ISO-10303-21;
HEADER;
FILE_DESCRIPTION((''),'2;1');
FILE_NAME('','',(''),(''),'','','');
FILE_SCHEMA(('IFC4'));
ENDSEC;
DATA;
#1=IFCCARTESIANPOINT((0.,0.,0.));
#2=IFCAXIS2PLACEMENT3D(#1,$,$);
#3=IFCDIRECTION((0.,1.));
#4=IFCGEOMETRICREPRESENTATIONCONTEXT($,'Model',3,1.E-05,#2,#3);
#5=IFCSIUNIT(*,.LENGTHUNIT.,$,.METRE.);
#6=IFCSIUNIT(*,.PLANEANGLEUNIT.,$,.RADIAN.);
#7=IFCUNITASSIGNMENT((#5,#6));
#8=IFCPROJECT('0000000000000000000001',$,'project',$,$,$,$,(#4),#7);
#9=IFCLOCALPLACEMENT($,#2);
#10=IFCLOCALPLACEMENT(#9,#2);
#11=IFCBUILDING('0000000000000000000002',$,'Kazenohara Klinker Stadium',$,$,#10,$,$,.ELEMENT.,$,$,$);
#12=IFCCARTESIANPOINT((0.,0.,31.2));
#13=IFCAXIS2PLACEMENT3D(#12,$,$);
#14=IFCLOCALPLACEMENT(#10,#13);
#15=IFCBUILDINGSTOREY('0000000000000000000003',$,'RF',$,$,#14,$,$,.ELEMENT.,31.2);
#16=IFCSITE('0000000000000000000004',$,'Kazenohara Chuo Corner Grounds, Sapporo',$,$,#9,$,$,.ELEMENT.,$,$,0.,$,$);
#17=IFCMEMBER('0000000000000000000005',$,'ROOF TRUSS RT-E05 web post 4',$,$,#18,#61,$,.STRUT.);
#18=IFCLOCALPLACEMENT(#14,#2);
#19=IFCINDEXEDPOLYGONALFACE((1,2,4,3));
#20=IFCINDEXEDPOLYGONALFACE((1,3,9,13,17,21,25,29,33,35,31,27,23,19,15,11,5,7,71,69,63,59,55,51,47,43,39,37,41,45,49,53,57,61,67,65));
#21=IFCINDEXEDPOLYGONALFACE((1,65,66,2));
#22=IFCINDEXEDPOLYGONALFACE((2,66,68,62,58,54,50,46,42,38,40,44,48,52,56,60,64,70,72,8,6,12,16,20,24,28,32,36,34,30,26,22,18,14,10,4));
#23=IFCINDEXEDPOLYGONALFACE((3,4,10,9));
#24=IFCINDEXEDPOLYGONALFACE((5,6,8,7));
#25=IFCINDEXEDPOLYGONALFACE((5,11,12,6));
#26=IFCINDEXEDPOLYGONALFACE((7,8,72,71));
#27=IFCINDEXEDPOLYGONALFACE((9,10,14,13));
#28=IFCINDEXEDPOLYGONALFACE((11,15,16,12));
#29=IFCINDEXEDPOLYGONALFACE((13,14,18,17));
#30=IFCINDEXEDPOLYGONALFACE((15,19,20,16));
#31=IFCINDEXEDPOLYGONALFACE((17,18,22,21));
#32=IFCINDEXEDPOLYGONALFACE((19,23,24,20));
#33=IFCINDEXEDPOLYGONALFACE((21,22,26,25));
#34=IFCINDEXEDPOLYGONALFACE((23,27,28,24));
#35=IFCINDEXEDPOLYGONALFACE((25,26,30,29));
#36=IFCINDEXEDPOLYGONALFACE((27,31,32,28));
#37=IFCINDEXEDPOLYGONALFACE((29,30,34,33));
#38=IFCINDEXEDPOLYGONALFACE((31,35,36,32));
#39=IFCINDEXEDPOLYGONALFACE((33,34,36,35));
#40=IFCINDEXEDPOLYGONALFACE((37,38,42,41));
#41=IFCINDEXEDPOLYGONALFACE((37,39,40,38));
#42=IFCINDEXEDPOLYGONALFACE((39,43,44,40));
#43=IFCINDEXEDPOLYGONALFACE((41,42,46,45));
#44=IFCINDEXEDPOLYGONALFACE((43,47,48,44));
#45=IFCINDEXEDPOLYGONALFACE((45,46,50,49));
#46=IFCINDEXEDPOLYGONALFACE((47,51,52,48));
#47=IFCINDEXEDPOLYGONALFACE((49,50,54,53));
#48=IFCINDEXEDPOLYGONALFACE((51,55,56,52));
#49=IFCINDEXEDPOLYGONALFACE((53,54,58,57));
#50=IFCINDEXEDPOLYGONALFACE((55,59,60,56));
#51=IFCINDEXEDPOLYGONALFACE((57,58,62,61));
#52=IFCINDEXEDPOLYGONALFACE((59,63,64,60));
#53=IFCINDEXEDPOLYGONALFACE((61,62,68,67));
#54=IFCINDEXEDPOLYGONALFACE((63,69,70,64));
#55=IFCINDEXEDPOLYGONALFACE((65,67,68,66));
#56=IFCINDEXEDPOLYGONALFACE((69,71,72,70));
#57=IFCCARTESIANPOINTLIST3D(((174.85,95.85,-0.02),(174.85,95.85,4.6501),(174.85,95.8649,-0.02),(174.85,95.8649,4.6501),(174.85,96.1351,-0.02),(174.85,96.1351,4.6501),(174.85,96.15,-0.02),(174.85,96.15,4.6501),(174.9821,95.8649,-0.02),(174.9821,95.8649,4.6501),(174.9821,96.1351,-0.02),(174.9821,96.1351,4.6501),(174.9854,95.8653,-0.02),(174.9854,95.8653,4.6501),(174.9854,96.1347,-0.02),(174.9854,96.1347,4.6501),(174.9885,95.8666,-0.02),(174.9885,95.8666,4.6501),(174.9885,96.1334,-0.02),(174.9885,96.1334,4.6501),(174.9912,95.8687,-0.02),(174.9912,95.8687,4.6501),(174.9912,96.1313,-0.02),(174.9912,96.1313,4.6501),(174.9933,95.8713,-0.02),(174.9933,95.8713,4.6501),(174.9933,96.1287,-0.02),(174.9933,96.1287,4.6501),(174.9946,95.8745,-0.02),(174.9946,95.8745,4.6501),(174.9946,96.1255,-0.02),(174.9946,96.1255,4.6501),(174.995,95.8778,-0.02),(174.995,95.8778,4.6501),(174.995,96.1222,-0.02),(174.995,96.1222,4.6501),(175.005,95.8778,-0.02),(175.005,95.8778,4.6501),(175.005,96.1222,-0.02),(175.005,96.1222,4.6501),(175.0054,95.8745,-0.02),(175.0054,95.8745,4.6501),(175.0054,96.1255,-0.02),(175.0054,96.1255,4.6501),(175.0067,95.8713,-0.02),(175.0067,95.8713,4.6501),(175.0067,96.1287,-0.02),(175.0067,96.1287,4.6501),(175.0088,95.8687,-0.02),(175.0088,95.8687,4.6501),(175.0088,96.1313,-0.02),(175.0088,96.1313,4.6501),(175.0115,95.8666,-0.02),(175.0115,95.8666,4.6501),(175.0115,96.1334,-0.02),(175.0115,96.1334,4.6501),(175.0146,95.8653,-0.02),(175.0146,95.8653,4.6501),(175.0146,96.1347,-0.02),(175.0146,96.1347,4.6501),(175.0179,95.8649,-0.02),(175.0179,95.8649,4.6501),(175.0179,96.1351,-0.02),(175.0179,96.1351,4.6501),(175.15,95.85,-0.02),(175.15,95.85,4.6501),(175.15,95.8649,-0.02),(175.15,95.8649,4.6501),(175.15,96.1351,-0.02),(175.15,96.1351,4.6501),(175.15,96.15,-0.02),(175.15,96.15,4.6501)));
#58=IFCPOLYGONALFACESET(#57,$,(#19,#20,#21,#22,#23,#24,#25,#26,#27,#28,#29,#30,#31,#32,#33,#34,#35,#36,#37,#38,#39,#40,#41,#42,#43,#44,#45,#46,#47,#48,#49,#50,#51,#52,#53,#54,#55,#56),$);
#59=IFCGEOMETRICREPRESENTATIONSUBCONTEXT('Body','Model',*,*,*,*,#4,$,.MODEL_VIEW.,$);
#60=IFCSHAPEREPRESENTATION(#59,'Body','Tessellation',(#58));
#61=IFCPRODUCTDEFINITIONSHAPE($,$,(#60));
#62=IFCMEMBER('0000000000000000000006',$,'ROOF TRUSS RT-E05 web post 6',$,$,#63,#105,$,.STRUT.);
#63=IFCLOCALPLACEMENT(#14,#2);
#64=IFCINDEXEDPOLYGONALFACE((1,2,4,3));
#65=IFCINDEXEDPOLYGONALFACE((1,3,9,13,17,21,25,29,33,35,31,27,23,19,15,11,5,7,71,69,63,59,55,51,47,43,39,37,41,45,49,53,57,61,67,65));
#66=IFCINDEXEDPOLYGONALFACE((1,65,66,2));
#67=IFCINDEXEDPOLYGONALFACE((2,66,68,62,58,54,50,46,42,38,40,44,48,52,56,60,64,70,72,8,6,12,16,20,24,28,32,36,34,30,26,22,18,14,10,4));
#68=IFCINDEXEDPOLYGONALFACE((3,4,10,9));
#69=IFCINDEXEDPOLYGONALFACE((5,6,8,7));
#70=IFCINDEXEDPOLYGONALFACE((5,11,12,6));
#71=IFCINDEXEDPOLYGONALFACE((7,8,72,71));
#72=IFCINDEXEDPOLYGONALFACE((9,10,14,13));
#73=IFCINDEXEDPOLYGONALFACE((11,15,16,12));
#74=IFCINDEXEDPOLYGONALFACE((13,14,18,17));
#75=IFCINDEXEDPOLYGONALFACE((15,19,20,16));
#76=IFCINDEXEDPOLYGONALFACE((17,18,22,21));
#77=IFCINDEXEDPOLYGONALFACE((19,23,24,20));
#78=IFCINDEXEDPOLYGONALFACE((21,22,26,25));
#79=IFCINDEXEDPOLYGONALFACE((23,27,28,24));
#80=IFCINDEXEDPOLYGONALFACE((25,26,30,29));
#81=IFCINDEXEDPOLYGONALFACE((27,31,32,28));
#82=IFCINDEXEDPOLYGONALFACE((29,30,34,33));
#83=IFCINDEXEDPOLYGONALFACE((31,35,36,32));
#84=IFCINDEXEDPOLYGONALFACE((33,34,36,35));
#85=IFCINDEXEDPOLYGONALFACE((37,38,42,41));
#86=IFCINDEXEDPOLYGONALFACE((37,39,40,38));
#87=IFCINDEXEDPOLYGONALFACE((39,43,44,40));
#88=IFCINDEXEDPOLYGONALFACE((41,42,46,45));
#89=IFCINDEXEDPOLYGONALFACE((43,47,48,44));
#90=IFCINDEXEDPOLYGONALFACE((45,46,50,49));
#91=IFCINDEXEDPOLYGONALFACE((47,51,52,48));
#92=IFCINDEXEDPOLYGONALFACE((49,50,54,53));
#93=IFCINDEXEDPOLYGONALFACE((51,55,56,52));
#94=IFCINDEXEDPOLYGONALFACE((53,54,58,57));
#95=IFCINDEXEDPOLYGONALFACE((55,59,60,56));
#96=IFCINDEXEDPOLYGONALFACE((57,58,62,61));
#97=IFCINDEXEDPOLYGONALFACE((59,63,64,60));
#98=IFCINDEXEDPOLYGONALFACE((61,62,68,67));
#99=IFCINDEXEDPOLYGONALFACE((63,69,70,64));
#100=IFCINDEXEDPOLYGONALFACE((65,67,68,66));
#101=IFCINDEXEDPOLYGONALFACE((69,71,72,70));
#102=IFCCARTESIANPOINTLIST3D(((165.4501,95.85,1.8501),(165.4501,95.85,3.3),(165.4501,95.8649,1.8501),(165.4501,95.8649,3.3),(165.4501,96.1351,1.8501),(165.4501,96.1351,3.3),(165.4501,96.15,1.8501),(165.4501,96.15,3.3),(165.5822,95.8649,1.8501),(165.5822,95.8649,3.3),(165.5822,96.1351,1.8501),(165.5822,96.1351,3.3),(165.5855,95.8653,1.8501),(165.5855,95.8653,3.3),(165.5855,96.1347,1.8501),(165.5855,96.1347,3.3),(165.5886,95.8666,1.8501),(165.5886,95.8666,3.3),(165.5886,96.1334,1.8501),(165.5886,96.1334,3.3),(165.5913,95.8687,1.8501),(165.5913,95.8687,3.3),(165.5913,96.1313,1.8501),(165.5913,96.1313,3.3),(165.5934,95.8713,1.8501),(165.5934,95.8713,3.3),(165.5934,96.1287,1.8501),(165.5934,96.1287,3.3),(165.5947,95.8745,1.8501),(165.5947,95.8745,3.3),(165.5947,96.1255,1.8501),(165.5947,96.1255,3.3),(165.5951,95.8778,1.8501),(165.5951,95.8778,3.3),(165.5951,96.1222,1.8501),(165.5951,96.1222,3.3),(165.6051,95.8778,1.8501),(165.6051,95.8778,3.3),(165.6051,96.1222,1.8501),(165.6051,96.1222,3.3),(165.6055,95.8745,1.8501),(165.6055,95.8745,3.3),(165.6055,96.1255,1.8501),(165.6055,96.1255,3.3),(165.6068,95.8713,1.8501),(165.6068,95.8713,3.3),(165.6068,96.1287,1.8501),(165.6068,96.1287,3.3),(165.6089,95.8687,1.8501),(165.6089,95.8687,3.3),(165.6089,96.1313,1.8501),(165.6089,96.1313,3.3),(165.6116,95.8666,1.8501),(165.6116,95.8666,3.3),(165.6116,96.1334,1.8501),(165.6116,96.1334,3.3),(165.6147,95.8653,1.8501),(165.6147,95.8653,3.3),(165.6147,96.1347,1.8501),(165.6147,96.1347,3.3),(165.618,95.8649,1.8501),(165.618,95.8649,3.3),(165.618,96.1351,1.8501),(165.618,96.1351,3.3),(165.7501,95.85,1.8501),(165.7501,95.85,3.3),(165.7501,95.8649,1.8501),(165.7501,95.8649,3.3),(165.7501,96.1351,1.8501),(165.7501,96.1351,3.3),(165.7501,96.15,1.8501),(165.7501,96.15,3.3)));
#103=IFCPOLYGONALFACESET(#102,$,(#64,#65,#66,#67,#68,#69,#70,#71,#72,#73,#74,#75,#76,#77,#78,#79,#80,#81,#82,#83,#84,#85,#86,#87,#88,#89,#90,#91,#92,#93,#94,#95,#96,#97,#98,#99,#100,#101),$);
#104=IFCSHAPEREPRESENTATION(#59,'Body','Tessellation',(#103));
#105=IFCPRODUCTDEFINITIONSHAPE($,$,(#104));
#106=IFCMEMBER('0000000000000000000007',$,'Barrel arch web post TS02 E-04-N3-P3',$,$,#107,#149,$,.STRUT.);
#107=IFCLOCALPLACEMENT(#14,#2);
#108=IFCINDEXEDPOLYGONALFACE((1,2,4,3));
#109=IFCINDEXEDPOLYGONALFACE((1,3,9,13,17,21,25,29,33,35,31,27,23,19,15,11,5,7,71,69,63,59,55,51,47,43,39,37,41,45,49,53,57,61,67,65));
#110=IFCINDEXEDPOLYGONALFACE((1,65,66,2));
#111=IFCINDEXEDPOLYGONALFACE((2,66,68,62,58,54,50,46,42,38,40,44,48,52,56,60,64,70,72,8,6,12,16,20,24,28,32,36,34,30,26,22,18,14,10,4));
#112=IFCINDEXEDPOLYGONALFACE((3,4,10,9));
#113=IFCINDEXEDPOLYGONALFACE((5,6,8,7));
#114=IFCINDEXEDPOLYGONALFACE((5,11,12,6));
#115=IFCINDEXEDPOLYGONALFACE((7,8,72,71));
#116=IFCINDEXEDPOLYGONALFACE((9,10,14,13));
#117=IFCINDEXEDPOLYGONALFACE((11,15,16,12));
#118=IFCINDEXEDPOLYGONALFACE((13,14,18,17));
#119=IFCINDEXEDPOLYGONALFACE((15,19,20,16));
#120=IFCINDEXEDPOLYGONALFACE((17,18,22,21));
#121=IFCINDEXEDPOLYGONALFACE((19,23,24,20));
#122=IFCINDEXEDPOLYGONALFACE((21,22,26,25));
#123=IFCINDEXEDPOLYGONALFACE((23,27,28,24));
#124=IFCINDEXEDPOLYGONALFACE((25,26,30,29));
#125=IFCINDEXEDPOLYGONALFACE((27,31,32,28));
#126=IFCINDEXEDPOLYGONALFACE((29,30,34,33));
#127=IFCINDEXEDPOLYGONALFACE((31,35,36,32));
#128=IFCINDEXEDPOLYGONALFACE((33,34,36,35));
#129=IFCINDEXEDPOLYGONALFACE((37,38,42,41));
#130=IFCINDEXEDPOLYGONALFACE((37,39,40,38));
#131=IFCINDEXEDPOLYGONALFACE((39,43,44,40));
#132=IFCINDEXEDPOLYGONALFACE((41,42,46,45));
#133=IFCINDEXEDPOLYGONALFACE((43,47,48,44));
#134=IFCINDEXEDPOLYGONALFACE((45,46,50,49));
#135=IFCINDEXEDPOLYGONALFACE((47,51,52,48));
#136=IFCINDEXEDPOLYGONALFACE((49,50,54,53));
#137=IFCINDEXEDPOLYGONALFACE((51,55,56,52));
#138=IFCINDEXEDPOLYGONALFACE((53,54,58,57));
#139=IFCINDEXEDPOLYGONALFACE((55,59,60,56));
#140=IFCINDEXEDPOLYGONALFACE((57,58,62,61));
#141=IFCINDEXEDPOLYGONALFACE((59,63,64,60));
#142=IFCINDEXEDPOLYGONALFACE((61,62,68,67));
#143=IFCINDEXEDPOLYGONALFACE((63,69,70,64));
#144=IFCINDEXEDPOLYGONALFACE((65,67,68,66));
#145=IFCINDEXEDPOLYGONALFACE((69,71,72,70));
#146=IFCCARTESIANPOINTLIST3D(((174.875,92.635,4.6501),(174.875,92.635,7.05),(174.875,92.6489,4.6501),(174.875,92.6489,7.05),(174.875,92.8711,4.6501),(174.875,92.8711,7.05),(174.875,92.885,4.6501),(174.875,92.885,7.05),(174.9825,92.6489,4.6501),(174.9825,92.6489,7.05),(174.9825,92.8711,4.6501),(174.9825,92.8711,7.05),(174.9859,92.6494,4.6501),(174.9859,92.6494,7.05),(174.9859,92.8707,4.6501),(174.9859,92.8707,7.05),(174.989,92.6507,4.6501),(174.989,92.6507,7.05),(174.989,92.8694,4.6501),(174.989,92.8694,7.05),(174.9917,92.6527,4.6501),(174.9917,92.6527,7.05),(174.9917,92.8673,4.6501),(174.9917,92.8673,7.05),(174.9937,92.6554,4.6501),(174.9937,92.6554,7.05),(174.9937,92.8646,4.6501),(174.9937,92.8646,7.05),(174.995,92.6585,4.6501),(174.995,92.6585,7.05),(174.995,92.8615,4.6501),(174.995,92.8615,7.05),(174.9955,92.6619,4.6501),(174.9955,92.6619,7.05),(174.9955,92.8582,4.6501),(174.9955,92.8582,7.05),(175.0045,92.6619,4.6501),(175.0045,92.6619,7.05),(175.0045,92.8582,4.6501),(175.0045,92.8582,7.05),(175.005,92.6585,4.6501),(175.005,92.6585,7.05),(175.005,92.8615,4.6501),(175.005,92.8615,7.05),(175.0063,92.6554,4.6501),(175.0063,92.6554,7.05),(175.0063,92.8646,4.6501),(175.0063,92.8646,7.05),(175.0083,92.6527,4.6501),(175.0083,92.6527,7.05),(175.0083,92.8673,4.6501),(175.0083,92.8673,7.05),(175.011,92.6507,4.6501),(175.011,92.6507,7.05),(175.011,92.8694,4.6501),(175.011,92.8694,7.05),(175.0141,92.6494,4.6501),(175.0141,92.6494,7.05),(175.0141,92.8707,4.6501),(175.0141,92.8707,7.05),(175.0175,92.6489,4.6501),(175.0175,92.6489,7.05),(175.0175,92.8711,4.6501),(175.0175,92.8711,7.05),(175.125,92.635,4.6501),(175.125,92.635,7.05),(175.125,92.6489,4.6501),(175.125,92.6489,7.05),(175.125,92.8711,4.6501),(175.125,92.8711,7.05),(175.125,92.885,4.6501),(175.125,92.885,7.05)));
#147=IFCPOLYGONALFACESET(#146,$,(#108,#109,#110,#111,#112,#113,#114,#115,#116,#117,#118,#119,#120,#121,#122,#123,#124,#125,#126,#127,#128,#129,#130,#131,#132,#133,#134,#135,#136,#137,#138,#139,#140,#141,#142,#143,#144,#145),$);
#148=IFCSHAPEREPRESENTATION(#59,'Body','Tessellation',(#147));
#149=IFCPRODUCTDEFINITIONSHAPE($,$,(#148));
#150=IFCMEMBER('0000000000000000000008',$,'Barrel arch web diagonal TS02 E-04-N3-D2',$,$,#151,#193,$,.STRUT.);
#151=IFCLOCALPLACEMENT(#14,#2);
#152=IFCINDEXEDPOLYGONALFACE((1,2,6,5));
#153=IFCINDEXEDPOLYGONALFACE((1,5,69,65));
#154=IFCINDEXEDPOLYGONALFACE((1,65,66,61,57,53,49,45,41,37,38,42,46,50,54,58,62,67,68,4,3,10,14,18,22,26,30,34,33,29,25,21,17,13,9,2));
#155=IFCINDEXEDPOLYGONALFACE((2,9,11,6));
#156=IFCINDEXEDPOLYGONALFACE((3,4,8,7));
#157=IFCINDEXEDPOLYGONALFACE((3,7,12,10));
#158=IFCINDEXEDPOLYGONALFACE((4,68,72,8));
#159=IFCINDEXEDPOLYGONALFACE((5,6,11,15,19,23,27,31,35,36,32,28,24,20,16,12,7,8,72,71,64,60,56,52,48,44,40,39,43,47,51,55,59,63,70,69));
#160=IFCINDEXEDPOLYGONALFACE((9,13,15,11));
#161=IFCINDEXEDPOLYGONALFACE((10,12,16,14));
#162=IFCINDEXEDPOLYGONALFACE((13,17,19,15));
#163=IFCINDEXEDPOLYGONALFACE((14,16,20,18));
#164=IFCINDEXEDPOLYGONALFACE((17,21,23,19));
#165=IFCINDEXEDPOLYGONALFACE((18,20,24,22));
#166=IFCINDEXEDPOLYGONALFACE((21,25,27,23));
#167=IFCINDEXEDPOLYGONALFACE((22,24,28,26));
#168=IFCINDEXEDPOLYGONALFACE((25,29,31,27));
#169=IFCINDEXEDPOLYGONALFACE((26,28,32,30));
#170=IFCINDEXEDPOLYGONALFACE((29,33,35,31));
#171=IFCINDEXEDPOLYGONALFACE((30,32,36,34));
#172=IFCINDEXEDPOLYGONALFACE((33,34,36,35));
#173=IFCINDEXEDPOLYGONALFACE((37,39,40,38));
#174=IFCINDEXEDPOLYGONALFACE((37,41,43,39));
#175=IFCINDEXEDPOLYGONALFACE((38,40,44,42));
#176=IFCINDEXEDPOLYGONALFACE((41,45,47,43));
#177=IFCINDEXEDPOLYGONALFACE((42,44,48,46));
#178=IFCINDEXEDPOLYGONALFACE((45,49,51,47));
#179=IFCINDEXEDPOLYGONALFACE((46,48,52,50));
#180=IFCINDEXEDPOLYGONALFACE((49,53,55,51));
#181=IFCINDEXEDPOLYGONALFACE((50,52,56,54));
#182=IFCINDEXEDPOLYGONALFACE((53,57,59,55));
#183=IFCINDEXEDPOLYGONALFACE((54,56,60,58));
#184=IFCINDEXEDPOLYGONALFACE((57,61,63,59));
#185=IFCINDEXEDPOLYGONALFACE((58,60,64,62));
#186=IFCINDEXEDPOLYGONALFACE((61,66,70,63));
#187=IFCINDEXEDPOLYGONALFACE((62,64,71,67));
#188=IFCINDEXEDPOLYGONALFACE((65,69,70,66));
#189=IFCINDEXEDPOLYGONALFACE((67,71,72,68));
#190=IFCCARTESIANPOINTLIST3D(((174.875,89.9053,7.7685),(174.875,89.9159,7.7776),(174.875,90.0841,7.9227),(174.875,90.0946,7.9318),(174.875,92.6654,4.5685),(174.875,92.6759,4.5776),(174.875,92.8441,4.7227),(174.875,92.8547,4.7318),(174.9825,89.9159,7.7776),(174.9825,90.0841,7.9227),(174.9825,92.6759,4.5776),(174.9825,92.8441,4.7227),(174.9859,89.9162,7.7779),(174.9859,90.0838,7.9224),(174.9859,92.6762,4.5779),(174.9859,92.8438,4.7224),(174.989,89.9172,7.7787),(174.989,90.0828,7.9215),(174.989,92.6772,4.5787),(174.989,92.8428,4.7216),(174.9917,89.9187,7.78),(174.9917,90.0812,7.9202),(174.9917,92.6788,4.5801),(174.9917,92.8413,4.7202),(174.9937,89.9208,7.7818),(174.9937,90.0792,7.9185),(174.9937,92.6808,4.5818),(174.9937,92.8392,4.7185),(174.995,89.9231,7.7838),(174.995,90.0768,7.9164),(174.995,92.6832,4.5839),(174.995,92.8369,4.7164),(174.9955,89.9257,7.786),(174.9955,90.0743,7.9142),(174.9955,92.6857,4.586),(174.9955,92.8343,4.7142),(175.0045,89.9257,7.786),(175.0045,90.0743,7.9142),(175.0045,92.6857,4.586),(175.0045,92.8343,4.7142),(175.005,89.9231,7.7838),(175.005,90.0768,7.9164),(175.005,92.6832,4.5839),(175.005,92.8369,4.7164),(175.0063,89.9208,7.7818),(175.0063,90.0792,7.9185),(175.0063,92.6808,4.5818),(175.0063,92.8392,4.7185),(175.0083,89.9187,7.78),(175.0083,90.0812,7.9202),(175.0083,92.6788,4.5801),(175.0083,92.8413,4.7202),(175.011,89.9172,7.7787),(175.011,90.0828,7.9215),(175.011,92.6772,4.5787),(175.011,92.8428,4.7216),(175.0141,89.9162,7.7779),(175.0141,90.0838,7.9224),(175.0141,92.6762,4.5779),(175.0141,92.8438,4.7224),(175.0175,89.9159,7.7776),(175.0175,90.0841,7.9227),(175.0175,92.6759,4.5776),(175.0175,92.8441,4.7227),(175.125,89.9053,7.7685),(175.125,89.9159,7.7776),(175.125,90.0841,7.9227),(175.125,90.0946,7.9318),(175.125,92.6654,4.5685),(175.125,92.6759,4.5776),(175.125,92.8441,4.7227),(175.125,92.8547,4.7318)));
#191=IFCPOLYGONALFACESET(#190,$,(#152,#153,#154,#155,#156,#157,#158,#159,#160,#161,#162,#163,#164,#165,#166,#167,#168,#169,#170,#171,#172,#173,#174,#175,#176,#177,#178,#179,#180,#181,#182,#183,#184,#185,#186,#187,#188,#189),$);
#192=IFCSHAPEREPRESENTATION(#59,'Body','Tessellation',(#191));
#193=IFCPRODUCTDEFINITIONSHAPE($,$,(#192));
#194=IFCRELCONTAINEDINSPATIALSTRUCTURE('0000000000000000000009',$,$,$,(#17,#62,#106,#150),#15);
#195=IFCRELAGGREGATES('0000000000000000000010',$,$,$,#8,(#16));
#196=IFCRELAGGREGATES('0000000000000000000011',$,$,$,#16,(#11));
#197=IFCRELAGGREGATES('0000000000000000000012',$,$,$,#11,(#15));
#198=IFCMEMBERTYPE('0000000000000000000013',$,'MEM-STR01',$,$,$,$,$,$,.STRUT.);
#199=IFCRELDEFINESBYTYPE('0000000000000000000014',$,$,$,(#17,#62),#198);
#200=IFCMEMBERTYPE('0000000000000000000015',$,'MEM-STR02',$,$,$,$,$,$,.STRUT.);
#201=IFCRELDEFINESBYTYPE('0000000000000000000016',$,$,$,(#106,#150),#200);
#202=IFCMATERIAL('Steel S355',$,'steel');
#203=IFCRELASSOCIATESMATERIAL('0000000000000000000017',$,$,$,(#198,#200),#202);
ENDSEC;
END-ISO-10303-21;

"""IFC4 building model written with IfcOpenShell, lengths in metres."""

from ifc_helpers import new_model, si_unit, direction, frame, origin, origin_2d, place, context, subcontext, project, spatial, i_section, extrude, material, material_profile, profile_set, type_object, element, save


model = new_model("IFC4")

# Units and contexts
model_context = context("Model", 3, precision=1e-05, world=origin(), true_north=direction((0.0, 1.0)))
body_context = subcontext(model_context, "Body", "Model", "MODEL_VIEW")
ifc_project = project(units=[si_unit("LENGTHUNIT", "METRE"), si_unit("PLANEANGLEUNIT", "RADIAN")], contexts=[model_context])

# Site, building, storey
site_placement = place(None, origin())
site = spatial("IfcSite", under=ifc_project, at=site_placement, Name="Kazenohara Chuo Corner Grounds, Sapporo", CompositionType="ELEMENT", RefElevation=0.0)
building_placement = place(site_placement, origin())
building = spatial("IfcBuilding", under=site, at=building_placement, Name="Kazenohara Klinker Stadium", CompositionType="ELEMENT")
storey_placement = place(building_placement, frame((0.0, 0.0, 31.2)))
storey = spatial("IfcBuildingStorey", under=building, at=storey_placement, Name="RF", CompositionType="ELEMENT", Elevation=31.2)

# Members
ifc_material_1 = material(Name="Steel S355", Category="steel")
ifc_material_profile_1 = material_profile(ifc_material_1, i_section(OverallWidth=0.3, OverallDepth=0.3, WebThickness=0.01, FlangeThickness=0.0149, FilletRadius=0.0129, at=origin_2d()), Name="H-300x300x10x15")
ifc_profile_set_1 = profile_set([ifc_material_profile_1], Name="Steel S355")
member_type_1 = type_object("IfcMemberType", Name="MEM-STR01", PredefinedType="STRUT", material=ifc_profile_set_1)
member_1_placement = place(storey_placement, frame((175.0, 96.0, -0.02), z_axis=(0.0, 0.0, 1.0), x_axis=(1.0, 0.0, 0.0)))
element("IfcMember", 1, at=member_1_placement, inside=storey, type_object=member_type_1, Name="ROOF TRUSS RT-E05 web post 4", PredefinedType="STRUT", context=body_context, shape_type="SweptSolid", body=[
    extrude(i_section(OverallWidth=0.3, OverallDepth=0.3, WebThickness=0.01, FlangeThickness=0.0149, FilletRadius=0.0129, at=origin_2d()), origin(), (0.0, 0.0, 1.0), 4.6702),
])
member_2_placement = place(storey_placement, frame((165.6001, 96.0, 1.8501), z_axis=(0.0, 0.0, 1.0), x_axis=(1.0, 0.0, 0.0)))
element("IfcMember", 2, at=member_2_placement, inside=storey, type_object=member_type_1, Name="ROOF TRUSS RT-E05 web post 6", PredefinedType="STRUT", context=body_context, shape_type="SweptSolid", body=[
    extrude(i_section(OverallWidth=0.3, OverallDepth=0.3, WebThickness=0.01, FlangeThickness=0.0149, FilletRadius=0.0129, at=origin_2d()), origin(), (0.0, 0.0, 1.0), 1.45),
])
ifc_material_profile_2 = material_profile(ifc_material_1, i_section(OverallWidth=0.25, OverallDepth=0.25, WebThickness=0.009, FlangeThickness=0.0139, FilletRadius=0.0129, at=origin_2d()), Name="H-250x250x9x14")
ifc_profile_set_2 = profile_set([ifc_material_profile_2], Name="Steel S355")
member_type_2 = type_object("IfcMemberType", Name="MEM-STR02", PredefinedType="STRUT", material=ifc_profile_set_2)
member_3_placement = place(storey_placement, frame((175.0, 92.76, 4.6501), z_axis=(0.0, 0.0, 1.0), x_axis=(1.0, 0.0, 0.0)))
element("IfcMember", 3, at=member_3_placement, inside=storey, type_object=member_type_2, Name="Barrel arch web post TS02 E-04-N3-P3", PredefinedType="STRUT", context=body_context, shape_type="SweptSolid", body=[
    extrude(i_section(OverallWidth=0.25, OverallDepth=0.25, WebThickness=0.009, FlangeThickness=0.0139, FilletRadius=0.0129, at=origin_2d()), origin(), (0.0, 0.0, 1.0), 2.3999),
])
member_4_placement = place(storey_placement, frame((175.0, 92.76, 4.6501), z_axis=(0.0, -0.653134, 0.757242), x_axis=(1.0, 0.0, 0.0)))
element("IfcMember", 4, at=member_4_placement, inside=storey, type_object=member_type_2, Name="Barrel arch web diagonal TS02 E-04-N3-D2", PredefinedType="STRUT", context=body_context, shape_type="SweptSolid", body=[
    extrude(i_section(OverallWidth=0.25, OverallDepth=0.25, WebThickness=0.009, FlangeThickness=0.0139, FilletRadius=0.0129, at=origin_2d()), origin(), (0.0, 0.0, 1.0), 4.2258),
])

save(model, "model.ifc")
